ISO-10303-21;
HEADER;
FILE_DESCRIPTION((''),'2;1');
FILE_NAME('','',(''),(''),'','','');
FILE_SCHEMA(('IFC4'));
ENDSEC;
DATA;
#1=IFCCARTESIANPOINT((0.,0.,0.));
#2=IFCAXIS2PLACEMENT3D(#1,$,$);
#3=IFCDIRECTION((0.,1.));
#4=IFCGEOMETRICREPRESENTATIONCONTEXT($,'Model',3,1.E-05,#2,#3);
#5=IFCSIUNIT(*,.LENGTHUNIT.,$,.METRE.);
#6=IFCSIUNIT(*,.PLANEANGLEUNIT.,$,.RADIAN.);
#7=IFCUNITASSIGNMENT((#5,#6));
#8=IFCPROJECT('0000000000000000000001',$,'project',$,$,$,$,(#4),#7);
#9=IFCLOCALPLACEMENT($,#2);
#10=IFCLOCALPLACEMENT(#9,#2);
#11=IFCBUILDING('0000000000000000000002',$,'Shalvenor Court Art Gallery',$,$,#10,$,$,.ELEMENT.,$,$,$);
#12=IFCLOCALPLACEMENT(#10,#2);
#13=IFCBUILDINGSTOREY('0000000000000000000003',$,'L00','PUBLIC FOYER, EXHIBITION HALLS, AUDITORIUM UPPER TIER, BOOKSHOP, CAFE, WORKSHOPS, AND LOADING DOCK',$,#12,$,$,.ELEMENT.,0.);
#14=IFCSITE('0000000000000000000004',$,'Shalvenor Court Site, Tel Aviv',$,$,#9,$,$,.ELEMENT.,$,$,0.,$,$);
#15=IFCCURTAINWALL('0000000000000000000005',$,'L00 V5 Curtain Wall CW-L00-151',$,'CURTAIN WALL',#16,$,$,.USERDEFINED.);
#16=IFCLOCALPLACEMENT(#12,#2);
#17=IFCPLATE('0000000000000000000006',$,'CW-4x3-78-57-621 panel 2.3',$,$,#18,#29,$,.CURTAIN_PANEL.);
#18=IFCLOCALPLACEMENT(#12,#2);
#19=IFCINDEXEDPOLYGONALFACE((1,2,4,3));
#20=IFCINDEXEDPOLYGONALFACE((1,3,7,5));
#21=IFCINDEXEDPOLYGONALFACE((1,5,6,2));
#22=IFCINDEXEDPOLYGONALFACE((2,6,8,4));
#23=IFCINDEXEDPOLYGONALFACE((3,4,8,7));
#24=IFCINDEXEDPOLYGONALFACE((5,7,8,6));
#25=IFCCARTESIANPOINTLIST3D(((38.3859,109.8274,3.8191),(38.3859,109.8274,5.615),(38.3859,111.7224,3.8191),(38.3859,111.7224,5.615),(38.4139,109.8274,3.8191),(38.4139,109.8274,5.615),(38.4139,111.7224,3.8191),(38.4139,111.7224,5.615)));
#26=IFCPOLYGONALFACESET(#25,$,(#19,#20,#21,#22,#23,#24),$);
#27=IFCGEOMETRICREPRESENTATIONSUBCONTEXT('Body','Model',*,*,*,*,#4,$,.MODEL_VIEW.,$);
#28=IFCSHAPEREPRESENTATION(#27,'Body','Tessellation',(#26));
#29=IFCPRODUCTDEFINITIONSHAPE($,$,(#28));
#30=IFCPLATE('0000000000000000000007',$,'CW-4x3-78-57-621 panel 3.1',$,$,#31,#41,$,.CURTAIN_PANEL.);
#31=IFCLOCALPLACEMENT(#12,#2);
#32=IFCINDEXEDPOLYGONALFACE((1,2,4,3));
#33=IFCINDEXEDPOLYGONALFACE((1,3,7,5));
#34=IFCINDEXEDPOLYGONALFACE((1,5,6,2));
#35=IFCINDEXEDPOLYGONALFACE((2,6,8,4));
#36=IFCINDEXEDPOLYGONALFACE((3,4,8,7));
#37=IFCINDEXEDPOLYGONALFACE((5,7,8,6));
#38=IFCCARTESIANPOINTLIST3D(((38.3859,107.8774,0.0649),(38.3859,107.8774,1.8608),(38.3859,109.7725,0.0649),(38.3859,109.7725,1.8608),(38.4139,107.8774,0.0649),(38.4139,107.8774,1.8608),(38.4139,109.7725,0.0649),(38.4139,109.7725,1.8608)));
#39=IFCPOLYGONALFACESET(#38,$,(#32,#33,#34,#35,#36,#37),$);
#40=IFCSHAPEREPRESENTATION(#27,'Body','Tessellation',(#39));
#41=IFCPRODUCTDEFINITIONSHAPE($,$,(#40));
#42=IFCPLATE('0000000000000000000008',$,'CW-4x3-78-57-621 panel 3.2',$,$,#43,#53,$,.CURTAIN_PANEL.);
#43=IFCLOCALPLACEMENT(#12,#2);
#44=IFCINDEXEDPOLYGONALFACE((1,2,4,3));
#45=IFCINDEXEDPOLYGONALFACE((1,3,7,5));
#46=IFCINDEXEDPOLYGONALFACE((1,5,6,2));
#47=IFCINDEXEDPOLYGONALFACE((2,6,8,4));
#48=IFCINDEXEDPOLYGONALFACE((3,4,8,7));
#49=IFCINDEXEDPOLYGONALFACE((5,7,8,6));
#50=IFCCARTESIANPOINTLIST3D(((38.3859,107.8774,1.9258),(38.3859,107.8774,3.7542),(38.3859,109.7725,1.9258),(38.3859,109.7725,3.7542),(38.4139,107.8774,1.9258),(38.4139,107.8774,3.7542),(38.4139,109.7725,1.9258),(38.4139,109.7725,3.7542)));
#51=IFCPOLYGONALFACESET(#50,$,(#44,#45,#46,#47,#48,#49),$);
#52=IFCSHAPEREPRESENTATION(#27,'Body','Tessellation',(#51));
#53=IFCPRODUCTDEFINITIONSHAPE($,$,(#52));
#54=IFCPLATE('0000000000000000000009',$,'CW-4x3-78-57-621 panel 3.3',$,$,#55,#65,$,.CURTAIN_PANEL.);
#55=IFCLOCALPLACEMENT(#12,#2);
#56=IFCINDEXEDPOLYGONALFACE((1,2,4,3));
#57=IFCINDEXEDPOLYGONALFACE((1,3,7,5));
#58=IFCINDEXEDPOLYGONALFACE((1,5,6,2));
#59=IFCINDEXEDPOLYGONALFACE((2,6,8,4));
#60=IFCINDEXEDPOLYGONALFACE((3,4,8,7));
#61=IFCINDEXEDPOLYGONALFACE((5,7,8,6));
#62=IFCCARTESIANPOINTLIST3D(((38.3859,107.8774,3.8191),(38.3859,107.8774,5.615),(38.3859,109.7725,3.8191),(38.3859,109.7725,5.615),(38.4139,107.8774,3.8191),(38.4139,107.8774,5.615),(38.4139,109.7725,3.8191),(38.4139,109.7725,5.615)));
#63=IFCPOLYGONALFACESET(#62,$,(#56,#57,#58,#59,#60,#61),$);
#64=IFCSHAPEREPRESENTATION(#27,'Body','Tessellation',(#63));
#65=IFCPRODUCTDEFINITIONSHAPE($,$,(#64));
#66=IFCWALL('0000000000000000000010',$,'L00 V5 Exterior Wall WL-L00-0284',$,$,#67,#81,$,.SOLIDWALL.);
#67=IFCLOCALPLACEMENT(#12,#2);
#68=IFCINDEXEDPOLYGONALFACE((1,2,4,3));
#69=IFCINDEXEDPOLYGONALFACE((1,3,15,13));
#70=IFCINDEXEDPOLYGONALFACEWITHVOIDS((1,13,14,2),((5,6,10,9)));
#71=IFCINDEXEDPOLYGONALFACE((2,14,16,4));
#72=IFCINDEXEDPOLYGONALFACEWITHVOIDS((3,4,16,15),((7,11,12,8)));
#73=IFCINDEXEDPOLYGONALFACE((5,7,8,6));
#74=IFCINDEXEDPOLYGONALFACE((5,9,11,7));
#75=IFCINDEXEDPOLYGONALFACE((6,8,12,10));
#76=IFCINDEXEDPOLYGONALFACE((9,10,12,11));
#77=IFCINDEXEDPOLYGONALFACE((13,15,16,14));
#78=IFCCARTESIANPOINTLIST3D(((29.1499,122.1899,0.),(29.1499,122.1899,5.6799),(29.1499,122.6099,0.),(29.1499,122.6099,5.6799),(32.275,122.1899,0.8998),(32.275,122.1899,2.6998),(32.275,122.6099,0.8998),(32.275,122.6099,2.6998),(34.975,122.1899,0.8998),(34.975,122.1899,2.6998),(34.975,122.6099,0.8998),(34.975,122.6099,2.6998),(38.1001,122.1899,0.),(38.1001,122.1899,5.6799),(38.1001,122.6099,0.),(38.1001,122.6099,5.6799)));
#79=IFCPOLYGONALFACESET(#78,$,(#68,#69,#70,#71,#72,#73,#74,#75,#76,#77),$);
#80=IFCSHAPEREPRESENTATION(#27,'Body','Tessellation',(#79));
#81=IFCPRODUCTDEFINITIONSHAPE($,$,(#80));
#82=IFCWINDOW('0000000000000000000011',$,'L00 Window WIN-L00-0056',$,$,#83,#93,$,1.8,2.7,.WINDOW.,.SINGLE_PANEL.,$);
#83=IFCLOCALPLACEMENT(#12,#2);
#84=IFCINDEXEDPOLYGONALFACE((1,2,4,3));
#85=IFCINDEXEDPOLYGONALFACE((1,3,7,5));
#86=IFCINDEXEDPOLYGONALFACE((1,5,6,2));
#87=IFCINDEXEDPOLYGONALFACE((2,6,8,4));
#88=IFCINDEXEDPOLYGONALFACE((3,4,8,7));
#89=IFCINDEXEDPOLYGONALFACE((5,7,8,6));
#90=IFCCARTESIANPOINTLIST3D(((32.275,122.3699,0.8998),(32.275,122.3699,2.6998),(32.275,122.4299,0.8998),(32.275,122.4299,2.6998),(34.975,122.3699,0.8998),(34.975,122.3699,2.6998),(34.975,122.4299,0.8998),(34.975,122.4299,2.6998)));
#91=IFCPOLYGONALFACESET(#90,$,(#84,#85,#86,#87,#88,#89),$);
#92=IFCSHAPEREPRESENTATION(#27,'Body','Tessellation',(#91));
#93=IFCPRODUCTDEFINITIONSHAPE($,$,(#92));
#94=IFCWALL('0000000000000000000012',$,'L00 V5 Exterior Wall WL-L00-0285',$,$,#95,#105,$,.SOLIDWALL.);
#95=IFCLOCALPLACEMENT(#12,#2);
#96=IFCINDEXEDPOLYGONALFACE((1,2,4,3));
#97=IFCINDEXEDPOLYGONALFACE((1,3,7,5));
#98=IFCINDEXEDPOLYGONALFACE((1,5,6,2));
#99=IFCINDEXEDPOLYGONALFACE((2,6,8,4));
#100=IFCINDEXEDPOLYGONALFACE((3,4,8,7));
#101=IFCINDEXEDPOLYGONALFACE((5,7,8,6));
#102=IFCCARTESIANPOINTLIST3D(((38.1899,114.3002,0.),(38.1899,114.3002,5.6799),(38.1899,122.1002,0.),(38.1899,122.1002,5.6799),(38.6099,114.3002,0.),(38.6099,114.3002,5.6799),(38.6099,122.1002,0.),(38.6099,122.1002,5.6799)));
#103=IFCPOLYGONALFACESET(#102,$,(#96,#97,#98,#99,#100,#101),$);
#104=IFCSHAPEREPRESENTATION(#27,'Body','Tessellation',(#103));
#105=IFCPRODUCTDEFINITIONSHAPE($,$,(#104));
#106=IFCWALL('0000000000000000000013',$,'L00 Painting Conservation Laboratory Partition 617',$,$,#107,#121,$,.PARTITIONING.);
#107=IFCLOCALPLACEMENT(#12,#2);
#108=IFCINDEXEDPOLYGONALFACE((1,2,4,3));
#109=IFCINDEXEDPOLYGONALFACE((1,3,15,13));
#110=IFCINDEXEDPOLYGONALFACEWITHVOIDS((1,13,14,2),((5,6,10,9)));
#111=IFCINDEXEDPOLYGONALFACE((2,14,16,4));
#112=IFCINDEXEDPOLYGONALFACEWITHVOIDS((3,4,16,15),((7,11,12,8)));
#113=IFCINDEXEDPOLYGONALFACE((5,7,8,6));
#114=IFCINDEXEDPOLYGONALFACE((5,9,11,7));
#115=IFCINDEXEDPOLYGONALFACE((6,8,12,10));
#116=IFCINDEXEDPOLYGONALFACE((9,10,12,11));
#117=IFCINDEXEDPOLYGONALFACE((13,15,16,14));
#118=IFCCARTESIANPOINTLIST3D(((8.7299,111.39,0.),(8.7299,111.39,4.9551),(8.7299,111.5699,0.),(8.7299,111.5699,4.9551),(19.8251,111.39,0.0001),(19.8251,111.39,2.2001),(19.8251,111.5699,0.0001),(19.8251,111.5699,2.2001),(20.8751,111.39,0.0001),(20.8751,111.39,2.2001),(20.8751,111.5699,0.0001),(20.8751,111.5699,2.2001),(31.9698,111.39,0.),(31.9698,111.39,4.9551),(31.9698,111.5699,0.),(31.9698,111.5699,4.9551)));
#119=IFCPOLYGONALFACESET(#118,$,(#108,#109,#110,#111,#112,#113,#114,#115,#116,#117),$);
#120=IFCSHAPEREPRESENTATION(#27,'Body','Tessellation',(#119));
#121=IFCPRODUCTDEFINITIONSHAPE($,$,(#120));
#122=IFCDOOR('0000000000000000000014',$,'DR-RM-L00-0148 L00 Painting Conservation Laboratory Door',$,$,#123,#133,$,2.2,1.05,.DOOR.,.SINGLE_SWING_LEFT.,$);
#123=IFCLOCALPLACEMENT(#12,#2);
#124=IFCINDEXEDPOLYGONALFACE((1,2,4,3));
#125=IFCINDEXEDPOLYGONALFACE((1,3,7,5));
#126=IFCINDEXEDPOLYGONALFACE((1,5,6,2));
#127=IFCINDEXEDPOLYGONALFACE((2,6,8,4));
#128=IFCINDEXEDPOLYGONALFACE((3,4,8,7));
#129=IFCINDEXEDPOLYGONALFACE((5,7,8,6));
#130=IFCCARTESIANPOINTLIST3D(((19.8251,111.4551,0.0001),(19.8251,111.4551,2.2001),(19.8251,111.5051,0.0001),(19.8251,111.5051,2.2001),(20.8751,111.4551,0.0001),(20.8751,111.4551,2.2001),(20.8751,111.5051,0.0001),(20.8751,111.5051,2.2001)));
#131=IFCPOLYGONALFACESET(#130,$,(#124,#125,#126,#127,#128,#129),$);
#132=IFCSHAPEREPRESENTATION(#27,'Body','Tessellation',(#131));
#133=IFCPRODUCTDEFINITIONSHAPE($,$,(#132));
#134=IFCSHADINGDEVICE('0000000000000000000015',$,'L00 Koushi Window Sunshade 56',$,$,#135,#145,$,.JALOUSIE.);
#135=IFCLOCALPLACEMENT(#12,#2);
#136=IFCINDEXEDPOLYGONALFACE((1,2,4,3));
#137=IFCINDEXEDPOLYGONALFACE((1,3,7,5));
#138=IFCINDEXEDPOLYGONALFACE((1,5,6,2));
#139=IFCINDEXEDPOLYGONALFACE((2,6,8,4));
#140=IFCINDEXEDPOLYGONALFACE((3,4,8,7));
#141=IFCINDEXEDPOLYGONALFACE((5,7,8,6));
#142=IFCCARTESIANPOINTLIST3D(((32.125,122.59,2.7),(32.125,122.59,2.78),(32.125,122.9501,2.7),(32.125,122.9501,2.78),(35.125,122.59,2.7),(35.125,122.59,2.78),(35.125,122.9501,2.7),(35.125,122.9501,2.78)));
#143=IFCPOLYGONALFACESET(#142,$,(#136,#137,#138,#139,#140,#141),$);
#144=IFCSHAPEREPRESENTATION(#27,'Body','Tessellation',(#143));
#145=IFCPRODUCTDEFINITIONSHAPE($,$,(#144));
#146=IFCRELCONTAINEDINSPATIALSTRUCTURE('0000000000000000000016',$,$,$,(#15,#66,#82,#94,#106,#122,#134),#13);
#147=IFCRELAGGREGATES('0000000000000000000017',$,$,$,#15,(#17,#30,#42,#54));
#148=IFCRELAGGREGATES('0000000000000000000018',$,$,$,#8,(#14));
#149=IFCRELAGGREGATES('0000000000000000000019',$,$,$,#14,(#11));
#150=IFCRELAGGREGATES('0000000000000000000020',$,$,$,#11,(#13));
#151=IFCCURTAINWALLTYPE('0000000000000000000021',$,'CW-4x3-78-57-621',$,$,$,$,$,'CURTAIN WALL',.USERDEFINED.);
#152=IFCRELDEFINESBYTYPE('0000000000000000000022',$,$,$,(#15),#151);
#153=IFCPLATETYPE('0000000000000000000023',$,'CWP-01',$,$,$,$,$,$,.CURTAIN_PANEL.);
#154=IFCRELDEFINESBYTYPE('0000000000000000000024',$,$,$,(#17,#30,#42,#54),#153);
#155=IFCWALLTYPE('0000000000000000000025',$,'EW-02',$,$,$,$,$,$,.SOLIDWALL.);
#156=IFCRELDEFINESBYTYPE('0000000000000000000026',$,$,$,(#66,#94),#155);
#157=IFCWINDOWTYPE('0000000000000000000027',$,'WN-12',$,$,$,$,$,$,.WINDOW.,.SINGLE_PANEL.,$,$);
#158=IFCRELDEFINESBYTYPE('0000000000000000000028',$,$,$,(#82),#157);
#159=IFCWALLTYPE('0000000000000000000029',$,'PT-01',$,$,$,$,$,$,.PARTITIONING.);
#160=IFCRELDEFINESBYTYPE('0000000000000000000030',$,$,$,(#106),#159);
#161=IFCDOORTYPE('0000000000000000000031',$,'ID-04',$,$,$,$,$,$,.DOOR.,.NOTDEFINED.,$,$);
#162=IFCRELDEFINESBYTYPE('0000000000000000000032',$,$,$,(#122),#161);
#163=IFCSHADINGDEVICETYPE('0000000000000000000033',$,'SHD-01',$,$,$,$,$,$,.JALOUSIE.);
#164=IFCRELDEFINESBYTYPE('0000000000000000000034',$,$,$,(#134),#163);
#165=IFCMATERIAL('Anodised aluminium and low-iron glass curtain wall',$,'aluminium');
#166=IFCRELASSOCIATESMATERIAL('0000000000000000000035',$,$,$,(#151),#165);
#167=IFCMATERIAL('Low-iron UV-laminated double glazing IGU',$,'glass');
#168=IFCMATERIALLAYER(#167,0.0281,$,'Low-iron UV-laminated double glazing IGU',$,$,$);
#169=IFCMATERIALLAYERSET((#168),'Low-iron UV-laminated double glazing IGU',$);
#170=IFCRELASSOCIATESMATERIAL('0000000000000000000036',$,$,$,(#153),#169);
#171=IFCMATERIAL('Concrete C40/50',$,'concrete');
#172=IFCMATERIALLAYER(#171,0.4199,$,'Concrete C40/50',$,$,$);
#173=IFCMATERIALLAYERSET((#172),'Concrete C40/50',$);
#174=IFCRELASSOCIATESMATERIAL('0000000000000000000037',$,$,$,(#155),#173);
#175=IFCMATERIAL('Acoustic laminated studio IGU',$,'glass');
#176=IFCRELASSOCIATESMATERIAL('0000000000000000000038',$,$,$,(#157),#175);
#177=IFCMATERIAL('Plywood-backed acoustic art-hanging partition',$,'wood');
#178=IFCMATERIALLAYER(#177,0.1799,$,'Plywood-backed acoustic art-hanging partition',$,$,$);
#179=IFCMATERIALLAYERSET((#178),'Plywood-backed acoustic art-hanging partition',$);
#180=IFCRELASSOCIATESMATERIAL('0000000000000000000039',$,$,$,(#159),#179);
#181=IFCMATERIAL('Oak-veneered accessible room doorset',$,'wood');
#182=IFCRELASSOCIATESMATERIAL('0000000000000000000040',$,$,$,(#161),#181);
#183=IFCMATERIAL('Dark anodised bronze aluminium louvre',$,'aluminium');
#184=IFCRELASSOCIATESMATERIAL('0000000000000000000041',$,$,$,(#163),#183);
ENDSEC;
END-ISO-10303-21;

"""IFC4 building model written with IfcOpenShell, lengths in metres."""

from ifc_helpers import new_model, si_unit, direction, frame, frame_2d, origin, origin_2d, place, context, subcontext, project, spatial, rectangle, extrude, material, layer, layer_set, type_object, element, fill, aggregate, save


model = new_model("IFC4")

# Units and contexts
model_context = context("Model", 3, precision=1e-05, world=origin(), true_north=direction((0.0, 1.0)))
body_context = subcontext(model_context, "Body", "Model", "MODEL_VIEW")
ifc_project = project(units=[si_unit("LENGTHUNIT", "METRE"), si_unit("PLANEANGLEUNIT", "RADIAN")], contexts=[model_context])

# Site, building, storey
site_placement = place(None, origin())
site = spatial("IfcSite", under=ifc_project, at=site_placement, Name="Shalvenor Court Site, Tel Aviv", CompositionType="ELEMENT", RefElevation=0.0)
building_placement = place(site_placement, origin())
building = spatial("IfcBuilding", under=site, at=building_placement, Name="Shalvenor Court Art Gallery", CompositionType="ELEMENT")
storey_placement = place(building_placement, origin())
storey = spatial("IfcBuildingStorey", under=building, at=storey_placement, Name="L00", Description="PUBLIC FOYER, EXHIBITION HALLS, AUDITORIUM UPPER TIER, BOOKSHOP, CAFE, WORKSHOPS, AND LOADING DOCK", CompositionType="ELEMENT", Elevation=0.0)

# Curtain wall
ifc_material_1 = material(Name="Anodised aluminium and low-iron glass curtain wall", Category="aluminium")
curtain_wall_type_1 = type_object("IfcCurtainWallType", Name="CW-4x3-78-57-621", ElementType="CURTAIN WALL", PredefinedType="USERDEFINED", material=ifc_material_1)
curtain_wall_1_placement = place(storey_placement, origin())
curtain_wall_1 = element("IfcCurtainWall", 1, at=curtain_wall_1_placement, inside=storey, type_object=curtain_wall_type_1, Name="L00 V5 Curtain Wall CW-L00-151", ObjectType="CURTAIN WALL", PredefinedType="USERDEFINED")

# Plates
ifc_material_2 = material(Name="Low-iron UV-laminated double glazing IGU", Category="glass")
ifc_layer_1 = layer(ifc_material_2, 0.0281, Name="Low-iron UV-laminated double glazing IGU")
ifc_layer_set_1 = layer_set([ifc_layer_1], Name="Low-iron UV-laminated double glazing IGU")
plate_type = type_object("IfcPlateType", Name="CWP-01", PredefinedType="CURTAIN_PANEL", material=ifc_layer_set_1)
plate_1_placement = place(storey_placement, frame((38.3999, 110.7749, 3.8191), z_axis=(0.0, 0.0, 1.0), x_axis=(0.0, -1.0, 0.0)))
plate_1 = element("IfcPlate", 2, at=plate_1_placement, type_object=plate_type, Name="CW-4x3-78-57-621 panel 2.3", PredefinedType="CURTAIN_PANEL", context=body_context, shape_type="SweptSolid", body=[
    extrude(rectangle(XDim=1.895, YDim=0.0281, at=origin_2d()), origin(), (0.0, 0.0, 1.0), 1.7959),
])
plate_2_placement = place(storey_placement, frame((38.3999, 108.825, 0.0649), z_axis=(0.0, 0.0, 1.0), x_axis=(0.0, -1.0, 0.0)))
plate_2 = element("IfcPlate", 3, at=plate_2_placement, type_object=plate_type, Name="CW-4x3-78-57-621 panel 3.1", PredefinedType="CURTAIN_PANEL", context=body_context, shape_type="SweptSolid", body=[
    extrude(rectangle(XDim=1.895, YDim=0.0281, at=origin_2d()), origin(), (0.0, 0.0, 1.0), 1.7959),
])
plate_3_placement = place(storey_placement, frame((38.3999, 108.825, 1.9258), z_axis=(0.0, 0.0, 1.0), x_axis=(0.0, -1.0, 0.0)))
plate_3 = element("IfcPlate", 4, at=plate_3_placement, type_object=plate_type, Name="CW-4x3-78-57-621 panel 3.2", PredefinedType="CURTAIN_PANEL", context=body_context, shape_type="SweptSolid", body=[
    extrude(rectangle(XDim=1.895, YDim=0.0281, at=origin_2d()), origin(), (0.0, 0.0, 1.0), 1.8284),
])
plate_4_placement = place(storey_placement, frame((38.3999, 108.825, 3.8191), z_axis=(0.0, 0.0, 1.0), x_axis=(0.0, -1.0, 0.0)))
plate_4 = element("IfcPlate", 5, at=plate_4_placement, type_object=plate_type, Name="CW-4x3-78-57-621 panel 3.3", PredefinedType="CURTAIN_PANEL", context=body_context, shape_type="SweptSolid", body=[
    extrude(rectangle(XDim=1.895, YDim=0.0281, at=origin_2d()), origin(), (0.0, 0.0, 1.0), 1.7959),
])
aggregate(curtain_wall_1, [plate_1, plate_2, plate_3, plate_4])

# Wall, opening, window
ifc_material_3 = material(Name="Concrete C40/50", Category="concrete")
ifc_layer_2 = layer(ifc_material_3, 0.4199, Name="Concrete C40/50")
ifc_layer_set_2 = layer_set([ifc_layer_2], Name="Concrete C40/50")
wall_type_1 = type_object("IfcWallType", Name="EW-02", PredefinedType="SOLIDWALL", material=ifc_layer_set_2)
wall_1_placement = place(storey_placement, frame((29.1499, 122.3999, 0.0), z_axis=(0.0, 0.0, 1.0), x_axis=(1.0, 0.0, 0.0)))
wall_1 = element("IfcWall", 6, at=wall_1_placement, inside=storey, type_object=wall_type_1, Name="L00 V5 Exterior Wall WL-L00-0284", PredefinedType="SOLIDWALL", context=body_context, shape_type="SweptSolid", body=[
    extrude(rectangle(XDim=8.9502, YDim=0.4199, at=frame_2d((4.4751, 0.0))), origin(), (0.0, 0.0, 1.0), 5.6799),
])
opening_1_placement = place(wall_1_placement, frame((3.125, 0.0, 0.8999)))
opening_1 = element("IfcOpeningElement", 7, at=opening_1_placement, cuts=wall_1, PredefinedType="OPENING", context=body_context, shape_type="SweptSolid", body=[
    extrude(rectangle(XDim=2.7, YDim=1.8, at=frame_2d((1.3501, 0.8999))), frame((0.0, 0.22, 0.0), z_axis=(0.0, -1.0, 0.0), x_axis=(1.0, 0.0, 0.0)), (0.0, 0.0, 1.0), 0.4399),
])
ifc_material_4 = material(Name="Acoustic laminated studio IGU", Category="glass")
window_type = type_object("IfcWindowType", Name="WN-12", PartitioningType="SINGLE_PANEL", PredefinedType="WINDOW", material=ifc_material_4)
window_placement = place(opening_1_placement, origin())
window = element("IfcWindow", 8, at=window_placement, inside=storey, type_object=window_type, Name="L00 Window WIN-L00-0056", OverallHeight=1.8, OverallWidth=2.7, PartitioningType="SINGLE_PANEL", PredefinedType="WINDOW", context=body_context, shape_type="SweptSolid", body=[
    extrude(rectangle(XDim=2.7, YDim=1.8, at=frame_2d((1.3501, 0.8999))), frame((0.0, 0.03, 0.0), z_axis=(0.0, -1.0, 0.0), x_axis=(1.0, 0.0, 0.0)), (0.0, 0.0, 1.0), 0.0601),
])
fill(opening_1, window)

# Wall
wall_2_placement = place(storey_placement, frame((38.3999, 122.1001, 0.0), z_axis=(0.0, 0.0, 1.0), x_axis=(0.0, -1.0, 0.0)))
element("IfcWall", 9, at=wall_2_placement, inside=storey, type_object=wall_type_1, Name="L00 V5 Exterior Wall WL-L00-0285", PredefinedType="SOLIDWALL", context=body_context, shape_type="SweptSolid", body=[
    extrude(rectangle(XDim=7.8, YDim=0.4199, at=frame_2d((3.8999, 0.0))), origin(), (0.0, 0.0, 1.0), 5.6799),
])

# Wall, opening, door
ifc_material_5 = material(Name="Plywood-backed acoustic art-hanging partition", Category="wood")
ifc_layer_3 = layer(ifc_material_5, 0.1799, Name="Plywood-backed acoustic art-hanging partition")
ifc_layer_set_3 = layer_set([ifc_layer_3], Name="Plywood-backed acoustic art-hanging partition")
wall_type_2 = type_object("IfcWallType", Name="PT-01", PredefinedType="PARTITIONING", material=ifc_layer_set_3)
wall_3_placement = place(storey_placement, frame((31.97, 111.48, 0.0), z_axis=(0.0, 0.0, 1.0), x_axis=(-1.0, 0.0, 0.0)))
wall_3 = element("IfcWall", 10, at=wall_3_placement, inside=storey, type_object=wall_type_2, Name="L00 Painting Conservation Laboratory Partition 617", PredefinedType="PARTITIONING", context=body_context, shape_type="SweptSolid", body=[
    extrude(rectangle(XDim=23.24, YDim=0.1799, at=frame_2d((11.6201, 0.0))), origin(), (0.0, 0.0, 1.0), 4.9551),
])
opening_2_placement = place(wall_3_placement, frame((11.095, 0.0, 0.0)))
opening_2 = element("IfcOpeningElement", 11, at=opening_2_placement, cuts=wall_3, PredefinedType="OPENING", context=body_context, shape_type="SweptSolid", body=[
    extrude(rectangle(XDim=1.05, YDim=2.2, at=frame_2d((0.5249, 1.1001))), frame((0.0, 0.0999, 0.0), z_axis=(0.0, -1.0, 0.0), x_axis=(1.0, 0.0, 0.0)), (0.0, 0.0, 1.0), 0.2),
])
ifc_material_6 = material(Name="Oak-veneered accessible room doorset", Category="wood")
door_type = type_object("IfcDoorType", Name="ID-04", OperationType="NOTDEFINED", PredefinedType="DOOR", material=ifc_material_6)
door_placement = place(opening_2_placement, origin())
door = element("IfcDoor", 12, at=door_placement, inside=storey, type_object=door_type, Name="DR-RM-L00-0148 L00 Painting Conservation Laboratory Door", OperationType="SINGLE_SWING_LEFT", OverallHeight=2.2, OverallWidth=1.05, PredefinedType="DOOR", context=body_context, shape_type="SweptSolid", body=[
    extrude(rectangle(XDim=1.05, YDim=2.2, at=frame_2d((0.5249, 1.1001))), frame((0.0, 0.0249, 0.0), z_axis=(0.0, -1.0, 0.0), x_axis=(1.0, 0.0, 0.0)), (0.0, 0.0, 1.0), 0.05),
])
fill(opening_2, door)

# Shading device
ifc_material_7 = material(Name="Dark anodised bronze aluminium louvre", Category="aluminium")
shading_device_type = type_object("IfcShadingDeviceType", Name="SHD-01", PredefinedType="JALOUSIE", material=ifc_material_7)
shading_device_placement = place(storey_placement, frame((33.625, 122.77, 2.7), z_axis=(0.0, 0.0, 1.0), x_axis=(1.0, 0.0, 0.0)))
element("IfcShadingDevice", 13, at=shading_device_placement, inside=storey, type_object=shading_device_type, Name="L00 Koushi Window Sunshade 56", PredefinedType="JALOUSIE", context=body_context, shape_type="SweptSolid", body=[
    extrude(rectangle(XDim=3.0, YDim=0.3601, at=origin_2d()), origin(), (0.0, 0.0, 1.0), 0.0801),
])

save(model, "model.ifc")
